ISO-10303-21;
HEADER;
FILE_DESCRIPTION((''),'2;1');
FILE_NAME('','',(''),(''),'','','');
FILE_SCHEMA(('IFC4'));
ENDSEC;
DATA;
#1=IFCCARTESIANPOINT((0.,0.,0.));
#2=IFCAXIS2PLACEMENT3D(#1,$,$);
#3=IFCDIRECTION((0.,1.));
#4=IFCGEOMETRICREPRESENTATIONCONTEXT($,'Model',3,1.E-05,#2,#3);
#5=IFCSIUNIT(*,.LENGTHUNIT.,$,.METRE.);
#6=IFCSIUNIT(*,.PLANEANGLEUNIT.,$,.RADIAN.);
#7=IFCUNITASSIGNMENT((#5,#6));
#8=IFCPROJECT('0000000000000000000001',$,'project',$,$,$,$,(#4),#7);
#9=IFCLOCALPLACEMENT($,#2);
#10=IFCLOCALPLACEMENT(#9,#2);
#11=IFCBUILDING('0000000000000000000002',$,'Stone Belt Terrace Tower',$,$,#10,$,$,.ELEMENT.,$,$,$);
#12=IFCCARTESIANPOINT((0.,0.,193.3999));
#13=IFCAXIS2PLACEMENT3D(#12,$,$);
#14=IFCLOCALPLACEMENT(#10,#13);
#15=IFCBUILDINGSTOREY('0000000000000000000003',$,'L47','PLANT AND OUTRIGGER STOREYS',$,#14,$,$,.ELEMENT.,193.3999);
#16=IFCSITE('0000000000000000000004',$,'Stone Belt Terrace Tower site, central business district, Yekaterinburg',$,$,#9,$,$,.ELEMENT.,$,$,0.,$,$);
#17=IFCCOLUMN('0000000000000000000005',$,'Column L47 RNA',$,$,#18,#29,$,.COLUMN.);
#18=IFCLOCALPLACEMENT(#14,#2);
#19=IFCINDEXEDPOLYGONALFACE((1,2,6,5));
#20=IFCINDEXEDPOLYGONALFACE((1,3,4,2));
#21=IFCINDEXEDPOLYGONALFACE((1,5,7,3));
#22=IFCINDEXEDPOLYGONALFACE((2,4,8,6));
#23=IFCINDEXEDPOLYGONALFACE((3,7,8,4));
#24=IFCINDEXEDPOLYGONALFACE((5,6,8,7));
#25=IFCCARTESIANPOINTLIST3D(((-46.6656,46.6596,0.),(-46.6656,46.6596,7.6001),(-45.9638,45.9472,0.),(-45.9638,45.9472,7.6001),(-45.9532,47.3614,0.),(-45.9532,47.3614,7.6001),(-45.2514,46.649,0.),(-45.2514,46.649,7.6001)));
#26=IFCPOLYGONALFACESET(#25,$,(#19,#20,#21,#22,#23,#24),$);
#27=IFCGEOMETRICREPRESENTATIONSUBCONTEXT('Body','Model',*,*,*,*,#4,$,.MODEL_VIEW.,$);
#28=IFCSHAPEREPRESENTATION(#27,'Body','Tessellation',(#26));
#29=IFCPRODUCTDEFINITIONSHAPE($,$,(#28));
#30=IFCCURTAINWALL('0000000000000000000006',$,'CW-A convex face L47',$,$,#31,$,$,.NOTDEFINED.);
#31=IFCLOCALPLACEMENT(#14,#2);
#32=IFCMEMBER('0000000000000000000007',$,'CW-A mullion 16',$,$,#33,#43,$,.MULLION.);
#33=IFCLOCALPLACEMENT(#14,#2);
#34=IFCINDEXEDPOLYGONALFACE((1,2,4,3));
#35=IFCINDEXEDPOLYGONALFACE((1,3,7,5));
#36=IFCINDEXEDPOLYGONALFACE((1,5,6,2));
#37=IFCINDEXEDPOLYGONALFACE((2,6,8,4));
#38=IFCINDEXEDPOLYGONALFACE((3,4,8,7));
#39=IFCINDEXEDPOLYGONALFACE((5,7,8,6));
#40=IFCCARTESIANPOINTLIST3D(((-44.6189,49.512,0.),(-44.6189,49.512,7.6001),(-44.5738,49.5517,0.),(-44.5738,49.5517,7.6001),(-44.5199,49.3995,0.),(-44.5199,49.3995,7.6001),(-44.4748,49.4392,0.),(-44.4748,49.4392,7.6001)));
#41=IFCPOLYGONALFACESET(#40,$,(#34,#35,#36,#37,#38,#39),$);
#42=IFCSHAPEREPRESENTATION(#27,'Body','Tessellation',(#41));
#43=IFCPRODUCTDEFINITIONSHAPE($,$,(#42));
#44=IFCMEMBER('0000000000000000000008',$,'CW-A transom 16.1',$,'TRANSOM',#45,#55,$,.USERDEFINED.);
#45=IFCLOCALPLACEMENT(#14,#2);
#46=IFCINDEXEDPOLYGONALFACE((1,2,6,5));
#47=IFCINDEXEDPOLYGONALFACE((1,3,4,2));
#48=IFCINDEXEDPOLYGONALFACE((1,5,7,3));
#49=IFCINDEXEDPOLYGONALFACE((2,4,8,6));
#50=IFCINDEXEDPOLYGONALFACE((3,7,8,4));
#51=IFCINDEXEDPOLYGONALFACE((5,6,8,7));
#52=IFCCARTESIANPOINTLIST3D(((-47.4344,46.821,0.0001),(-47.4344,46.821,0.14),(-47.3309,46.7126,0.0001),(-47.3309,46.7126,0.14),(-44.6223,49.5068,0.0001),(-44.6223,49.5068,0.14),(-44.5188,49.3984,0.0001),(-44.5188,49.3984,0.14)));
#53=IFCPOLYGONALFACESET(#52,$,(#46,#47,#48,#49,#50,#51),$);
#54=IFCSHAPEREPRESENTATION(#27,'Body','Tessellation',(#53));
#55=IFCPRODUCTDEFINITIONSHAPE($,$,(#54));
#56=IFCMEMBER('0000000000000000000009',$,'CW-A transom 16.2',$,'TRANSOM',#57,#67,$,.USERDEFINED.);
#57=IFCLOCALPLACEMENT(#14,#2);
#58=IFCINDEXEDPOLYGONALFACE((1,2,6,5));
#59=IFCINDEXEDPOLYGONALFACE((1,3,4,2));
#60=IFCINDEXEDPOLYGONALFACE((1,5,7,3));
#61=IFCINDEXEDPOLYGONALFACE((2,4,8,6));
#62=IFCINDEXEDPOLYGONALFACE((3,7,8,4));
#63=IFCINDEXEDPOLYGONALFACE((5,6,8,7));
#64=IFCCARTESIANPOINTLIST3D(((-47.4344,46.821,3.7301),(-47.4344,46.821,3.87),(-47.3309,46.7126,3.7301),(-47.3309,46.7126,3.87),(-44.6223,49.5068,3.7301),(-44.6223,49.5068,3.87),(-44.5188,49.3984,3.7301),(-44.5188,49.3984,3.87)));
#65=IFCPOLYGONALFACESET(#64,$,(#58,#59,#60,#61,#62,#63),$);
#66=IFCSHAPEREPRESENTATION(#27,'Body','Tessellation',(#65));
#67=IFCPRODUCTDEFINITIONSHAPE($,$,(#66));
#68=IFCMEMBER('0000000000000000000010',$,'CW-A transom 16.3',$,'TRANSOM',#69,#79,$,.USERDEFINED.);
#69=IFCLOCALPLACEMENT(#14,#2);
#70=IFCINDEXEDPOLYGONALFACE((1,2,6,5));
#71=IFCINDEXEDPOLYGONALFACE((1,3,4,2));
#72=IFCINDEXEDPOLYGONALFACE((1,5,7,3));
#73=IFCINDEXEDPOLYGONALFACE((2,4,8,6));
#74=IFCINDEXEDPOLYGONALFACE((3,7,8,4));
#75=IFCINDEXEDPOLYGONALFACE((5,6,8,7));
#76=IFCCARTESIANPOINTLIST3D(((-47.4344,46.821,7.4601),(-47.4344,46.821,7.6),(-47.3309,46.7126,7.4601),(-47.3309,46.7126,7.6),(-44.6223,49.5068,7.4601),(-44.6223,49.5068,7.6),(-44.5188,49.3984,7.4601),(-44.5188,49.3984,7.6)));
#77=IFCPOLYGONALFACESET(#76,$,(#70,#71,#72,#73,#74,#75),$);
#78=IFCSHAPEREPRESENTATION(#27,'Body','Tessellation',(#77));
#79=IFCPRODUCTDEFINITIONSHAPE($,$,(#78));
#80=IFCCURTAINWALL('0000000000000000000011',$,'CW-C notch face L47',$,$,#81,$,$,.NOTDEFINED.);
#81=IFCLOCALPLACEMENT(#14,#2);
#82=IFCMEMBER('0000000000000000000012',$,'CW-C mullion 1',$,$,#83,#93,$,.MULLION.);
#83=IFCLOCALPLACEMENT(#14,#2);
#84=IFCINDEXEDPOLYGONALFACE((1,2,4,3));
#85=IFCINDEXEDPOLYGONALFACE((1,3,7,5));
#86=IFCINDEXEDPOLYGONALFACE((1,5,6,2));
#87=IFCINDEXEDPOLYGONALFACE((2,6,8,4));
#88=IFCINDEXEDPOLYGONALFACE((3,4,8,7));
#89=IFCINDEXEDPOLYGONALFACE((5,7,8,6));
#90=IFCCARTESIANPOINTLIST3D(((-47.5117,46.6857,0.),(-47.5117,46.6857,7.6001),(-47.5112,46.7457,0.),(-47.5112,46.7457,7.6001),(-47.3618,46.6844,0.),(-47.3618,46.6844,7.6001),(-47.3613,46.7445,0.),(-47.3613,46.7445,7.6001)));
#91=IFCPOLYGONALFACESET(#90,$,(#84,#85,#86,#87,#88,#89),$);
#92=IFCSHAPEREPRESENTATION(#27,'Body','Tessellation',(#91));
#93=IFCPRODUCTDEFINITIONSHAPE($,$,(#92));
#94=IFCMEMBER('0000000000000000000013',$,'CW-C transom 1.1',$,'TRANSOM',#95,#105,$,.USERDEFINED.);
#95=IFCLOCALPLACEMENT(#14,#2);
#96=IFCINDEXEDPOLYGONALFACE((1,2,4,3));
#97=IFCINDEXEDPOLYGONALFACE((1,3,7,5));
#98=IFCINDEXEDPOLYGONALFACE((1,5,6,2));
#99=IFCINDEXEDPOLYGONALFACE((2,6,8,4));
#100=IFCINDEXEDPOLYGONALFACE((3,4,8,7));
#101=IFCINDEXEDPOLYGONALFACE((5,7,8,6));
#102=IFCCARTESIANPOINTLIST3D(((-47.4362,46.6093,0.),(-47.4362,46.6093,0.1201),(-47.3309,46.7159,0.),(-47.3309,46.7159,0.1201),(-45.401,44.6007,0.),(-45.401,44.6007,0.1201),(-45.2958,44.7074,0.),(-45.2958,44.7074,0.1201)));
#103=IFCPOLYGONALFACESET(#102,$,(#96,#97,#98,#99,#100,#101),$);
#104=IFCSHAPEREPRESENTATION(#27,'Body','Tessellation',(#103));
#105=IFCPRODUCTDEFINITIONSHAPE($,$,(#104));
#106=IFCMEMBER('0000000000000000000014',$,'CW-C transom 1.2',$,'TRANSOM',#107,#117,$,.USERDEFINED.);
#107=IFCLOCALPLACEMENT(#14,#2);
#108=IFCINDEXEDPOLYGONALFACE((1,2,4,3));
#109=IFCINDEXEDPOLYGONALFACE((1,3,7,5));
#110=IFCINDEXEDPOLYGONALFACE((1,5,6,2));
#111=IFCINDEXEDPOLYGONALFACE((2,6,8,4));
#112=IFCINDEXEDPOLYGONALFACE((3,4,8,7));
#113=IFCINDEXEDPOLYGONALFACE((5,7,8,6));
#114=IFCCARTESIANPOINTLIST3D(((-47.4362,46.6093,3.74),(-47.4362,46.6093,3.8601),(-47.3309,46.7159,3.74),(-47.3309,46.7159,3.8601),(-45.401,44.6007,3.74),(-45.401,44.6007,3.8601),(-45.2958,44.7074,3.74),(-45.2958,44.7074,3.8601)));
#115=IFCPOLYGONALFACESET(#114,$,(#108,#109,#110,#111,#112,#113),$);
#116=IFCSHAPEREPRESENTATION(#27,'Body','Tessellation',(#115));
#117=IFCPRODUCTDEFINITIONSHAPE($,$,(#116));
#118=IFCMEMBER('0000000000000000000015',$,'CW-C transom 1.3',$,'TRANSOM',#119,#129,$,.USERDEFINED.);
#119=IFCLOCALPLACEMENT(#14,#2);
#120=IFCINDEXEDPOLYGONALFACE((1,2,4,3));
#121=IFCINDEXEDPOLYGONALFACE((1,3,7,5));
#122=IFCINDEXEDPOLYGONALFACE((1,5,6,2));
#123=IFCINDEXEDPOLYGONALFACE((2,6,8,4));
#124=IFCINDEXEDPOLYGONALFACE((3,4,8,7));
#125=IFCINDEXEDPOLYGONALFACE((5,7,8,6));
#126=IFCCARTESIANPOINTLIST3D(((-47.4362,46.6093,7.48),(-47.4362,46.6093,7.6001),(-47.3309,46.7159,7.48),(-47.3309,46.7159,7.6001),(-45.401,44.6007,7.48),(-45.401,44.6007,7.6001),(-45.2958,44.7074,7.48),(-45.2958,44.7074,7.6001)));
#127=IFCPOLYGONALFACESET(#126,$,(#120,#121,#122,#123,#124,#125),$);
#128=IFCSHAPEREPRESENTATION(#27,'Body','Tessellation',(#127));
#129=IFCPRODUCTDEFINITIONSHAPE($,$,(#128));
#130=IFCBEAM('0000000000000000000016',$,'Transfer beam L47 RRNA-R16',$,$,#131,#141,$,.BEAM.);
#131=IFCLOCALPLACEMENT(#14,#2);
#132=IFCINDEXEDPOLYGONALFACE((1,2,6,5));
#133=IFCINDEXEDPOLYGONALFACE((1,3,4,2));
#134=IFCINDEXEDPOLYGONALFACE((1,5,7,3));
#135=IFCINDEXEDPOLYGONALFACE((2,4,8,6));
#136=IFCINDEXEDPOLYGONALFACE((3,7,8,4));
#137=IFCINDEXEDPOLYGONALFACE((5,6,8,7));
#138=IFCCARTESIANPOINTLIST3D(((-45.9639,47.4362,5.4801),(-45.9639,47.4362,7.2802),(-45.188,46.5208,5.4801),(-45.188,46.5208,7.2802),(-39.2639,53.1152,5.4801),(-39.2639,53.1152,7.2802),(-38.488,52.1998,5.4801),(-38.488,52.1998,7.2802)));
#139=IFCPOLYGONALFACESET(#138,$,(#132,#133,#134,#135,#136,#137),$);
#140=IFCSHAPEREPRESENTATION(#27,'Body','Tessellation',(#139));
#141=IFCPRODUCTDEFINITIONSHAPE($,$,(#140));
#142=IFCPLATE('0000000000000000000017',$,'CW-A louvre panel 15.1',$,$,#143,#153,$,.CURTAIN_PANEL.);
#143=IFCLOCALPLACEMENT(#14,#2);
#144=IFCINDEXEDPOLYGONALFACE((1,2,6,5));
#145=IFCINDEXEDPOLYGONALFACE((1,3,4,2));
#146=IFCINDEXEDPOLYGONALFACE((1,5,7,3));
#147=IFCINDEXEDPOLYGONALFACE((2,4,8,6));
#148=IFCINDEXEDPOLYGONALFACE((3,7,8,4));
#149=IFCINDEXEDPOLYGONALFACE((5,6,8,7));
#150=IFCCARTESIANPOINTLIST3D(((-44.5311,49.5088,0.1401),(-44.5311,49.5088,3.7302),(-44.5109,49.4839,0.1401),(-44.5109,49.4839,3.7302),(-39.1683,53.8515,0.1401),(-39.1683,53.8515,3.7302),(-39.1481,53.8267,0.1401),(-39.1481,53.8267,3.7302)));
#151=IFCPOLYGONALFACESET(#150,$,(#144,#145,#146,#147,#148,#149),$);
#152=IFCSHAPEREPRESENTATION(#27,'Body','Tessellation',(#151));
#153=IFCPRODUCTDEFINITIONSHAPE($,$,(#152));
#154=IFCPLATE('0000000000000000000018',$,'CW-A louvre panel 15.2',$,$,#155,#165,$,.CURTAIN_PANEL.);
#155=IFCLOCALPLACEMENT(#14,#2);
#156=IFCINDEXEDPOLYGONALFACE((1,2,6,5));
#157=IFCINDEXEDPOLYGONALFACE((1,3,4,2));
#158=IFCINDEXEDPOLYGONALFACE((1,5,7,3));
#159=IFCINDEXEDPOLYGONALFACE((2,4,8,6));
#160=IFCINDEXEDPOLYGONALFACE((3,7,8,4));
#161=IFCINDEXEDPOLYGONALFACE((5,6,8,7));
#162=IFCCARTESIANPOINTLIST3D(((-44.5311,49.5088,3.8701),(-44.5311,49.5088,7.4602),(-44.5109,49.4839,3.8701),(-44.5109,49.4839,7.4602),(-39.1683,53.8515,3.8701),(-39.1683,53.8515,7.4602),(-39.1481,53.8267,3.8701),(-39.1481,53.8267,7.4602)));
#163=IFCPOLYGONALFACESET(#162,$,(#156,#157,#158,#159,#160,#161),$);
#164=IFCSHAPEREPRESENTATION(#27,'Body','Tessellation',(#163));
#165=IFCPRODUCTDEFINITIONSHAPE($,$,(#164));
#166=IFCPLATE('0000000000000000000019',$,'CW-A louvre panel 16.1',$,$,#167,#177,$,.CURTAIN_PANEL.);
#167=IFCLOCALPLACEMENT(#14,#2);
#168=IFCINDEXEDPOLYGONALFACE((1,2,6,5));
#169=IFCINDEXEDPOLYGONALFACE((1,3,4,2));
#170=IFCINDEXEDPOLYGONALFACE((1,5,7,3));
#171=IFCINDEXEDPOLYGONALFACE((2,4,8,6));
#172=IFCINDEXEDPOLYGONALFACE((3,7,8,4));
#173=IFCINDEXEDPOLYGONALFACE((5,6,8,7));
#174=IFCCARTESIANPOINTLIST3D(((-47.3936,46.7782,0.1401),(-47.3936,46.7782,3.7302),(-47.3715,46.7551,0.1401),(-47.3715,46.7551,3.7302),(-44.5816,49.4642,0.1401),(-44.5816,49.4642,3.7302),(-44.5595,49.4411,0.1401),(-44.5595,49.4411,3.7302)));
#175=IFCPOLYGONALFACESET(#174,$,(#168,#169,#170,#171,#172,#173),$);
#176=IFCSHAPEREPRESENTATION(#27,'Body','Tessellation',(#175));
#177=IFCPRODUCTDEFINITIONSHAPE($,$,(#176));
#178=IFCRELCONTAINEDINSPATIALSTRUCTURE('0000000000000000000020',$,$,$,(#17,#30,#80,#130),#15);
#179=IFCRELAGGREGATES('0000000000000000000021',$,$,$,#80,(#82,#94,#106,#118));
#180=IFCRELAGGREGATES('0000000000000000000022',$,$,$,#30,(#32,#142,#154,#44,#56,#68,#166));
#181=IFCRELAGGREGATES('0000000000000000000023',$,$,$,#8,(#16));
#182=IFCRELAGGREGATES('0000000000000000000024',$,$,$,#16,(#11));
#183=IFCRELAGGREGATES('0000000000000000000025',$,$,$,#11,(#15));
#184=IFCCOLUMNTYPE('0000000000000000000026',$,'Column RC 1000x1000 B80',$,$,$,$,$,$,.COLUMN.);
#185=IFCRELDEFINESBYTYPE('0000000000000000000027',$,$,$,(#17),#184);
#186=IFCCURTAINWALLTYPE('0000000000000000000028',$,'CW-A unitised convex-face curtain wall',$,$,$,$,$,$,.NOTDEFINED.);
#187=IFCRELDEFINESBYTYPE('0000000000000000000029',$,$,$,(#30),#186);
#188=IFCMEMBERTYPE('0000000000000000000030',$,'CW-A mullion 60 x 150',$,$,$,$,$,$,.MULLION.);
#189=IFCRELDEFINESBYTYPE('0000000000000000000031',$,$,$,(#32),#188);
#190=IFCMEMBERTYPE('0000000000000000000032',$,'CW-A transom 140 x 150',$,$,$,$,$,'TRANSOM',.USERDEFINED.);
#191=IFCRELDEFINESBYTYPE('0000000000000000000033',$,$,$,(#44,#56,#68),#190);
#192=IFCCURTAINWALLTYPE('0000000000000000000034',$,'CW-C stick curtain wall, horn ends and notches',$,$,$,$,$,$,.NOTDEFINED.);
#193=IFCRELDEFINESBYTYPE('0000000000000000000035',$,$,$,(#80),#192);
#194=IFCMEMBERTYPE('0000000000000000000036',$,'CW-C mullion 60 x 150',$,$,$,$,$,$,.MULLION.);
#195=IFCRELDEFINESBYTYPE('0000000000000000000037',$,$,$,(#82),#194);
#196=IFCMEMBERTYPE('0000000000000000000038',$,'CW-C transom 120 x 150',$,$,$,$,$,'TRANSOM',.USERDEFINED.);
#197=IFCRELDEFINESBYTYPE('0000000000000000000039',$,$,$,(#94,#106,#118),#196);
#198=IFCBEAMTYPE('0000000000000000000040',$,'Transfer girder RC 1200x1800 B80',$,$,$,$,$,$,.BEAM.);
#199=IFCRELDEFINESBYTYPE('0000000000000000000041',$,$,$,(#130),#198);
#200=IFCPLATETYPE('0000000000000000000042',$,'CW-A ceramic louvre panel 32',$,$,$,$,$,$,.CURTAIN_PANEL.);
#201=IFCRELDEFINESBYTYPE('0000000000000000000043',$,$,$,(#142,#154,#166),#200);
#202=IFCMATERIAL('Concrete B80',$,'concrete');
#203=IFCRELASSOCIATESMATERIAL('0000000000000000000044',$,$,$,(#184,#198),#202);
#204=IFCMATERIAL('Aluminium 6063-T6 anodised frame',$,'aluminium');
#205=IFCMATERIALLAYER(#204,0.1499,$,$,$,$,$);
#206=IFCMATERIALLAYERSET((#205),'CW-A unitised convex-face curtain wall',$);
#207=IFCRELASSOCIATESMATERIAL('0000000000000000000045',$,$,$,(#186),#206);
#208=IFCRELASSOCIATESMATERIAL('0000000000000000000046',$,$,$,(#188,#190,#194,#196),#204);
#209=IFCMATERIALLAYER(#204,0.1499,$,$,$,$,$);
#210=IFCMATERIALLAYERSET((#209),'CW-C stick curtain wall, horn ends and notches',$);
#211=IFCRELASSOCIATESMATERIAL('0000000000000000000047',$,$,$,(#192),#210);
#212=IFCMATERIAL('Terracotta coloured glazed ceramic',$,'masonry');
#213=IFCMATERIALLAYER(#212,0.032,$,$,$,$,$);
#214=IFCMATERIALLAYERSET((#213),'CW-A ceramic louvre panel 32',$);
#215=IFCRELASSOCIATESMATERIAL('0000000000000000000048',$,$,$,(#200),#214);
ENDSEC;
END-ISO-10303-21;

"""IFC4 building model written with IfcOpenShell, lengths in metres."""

from ifc_helpers import new_model, si_unit, direction, frame, origin, origin_2d, place, context, subcontext, project, spatial, rectangle, extrude, material, layer, layer_set, material_profile, profile_set, type_object, element, aggregate, save


model = new_model("IFC4")

# Units and contexts
model_context = context("Model", 3, precision=1e-05, world=origin(), true_north=direction((0.0, 1.0)))
body_context = subcontext(model_context, "Body", "Model", "MODEL_VIEW")
ifc_project = project(units=[si_unit("LENGTHUNIT", "METRE"), si_unit("PLANEANGLEUNIT", "RADIAN")], contexts=[model_context])

# Site, building, storey
site_placement = place(None, origin())
site = spatial("IfcSite", under=ifc_project, at=site_placement, Name="Stone Belt Terrace Tower site, central business district, Yekaterinburg", CompositionType="ELEMENT", RefElevation=0.0)
building_placement = place(site_placement, origin())
building = spatial("IfcBuilding", under=site, at=building_placement, Name="Stone Belt Terrace Tower", CompositionType="ELEMENT")
storey_placement = place(building_placement, frame((0.0, 0.0, 193.3999)))
storey = spatial("IfcBuildingStorey", under=building, at=storey_placement, Name="L47", Description="PLANT AND OUTRIGGER STOREYS", CompositionType="ELEMENT", Elevation=193.3999)

# Column
ifc_material_1 = material(Name="Concrete B80", Category="concrete")
ifc_material_profile_1 = material_profile(ifc_material_1, rectangle(XDim=1.0, YDim=1.0, at=origin_2d()), Name="RC 1000x1000")
ifc_profile_set_1 = profile_set([ifc_material_profile_1], Name="Concrete B80")
column_type = type_object("IfcColumnType", Name="Column RC 1000x1000 B80", PredefinedType="COLUMN", material=ifc_profile_set_1)
column_placement = place(storey_placement, frame((-45.9585, 46.6543, 0.0), z_axis=(0.0, 0.0, 1.0), x_axis=(0.712398, 0.701775, 0.0)))
element("IfcColumn", 1, at=column_placement, inside=storey, type_object=column_type, Name="Column L47 RNA", PredefinedType="COLUMN", context=body_context, shape_type="SweptSolid", body=[
    extrude(rectangle(XDim=1.0, YDim=1.0, at=origin_2d()), origin(), (0.0, 0.0, 1.0), 7.6001),
])

# Curtain walls, members
ifc_material_2 = material(Name="Aluminium 6063-T6 anodised frame", Category="aluminium")
ifc_layer_1 = layer(ifc_material_2, 0.1499)
ifc_layer_set_1 = layer_set([ifc_layer_1], Name="CW-A unitised convex-face curtain wall")
curtain_wall_type_1 = type_object("IfcCurtainWallType", Name="CW-A unitised convex-face curtain wall", PredefinedType="NOTDEFINED", material=ifc_layer_set_1)
curtain_wall_1_placement = place(storey_placement, origin())
curtain_wall_1 = element("IfcCurtainWall", 2, at=curtain_wall_1_placement, inside=storey, type_object=curtain_wall_type_1, Name="CW-A convex face L47", PredefinedType="NOTDEFINED")
ifc_material_profile_2 = material_profile(ifc_material_2, rectangle(XDim=0.1499, YDim=0.0601, at=origin_2d()), Name="Aluminium 6063-T6 60x150")
ifc_profile_set_2 = profile_set([ifc_material_profile_2], Name="Aluminium 6063-T6 anodised frame")
member_type_1 = type_object("IfcMemberType", Name="CW-A mullion 60 x 150", PredefinedType="MULLION", material=ifc_profile_set_2)
member_1_placement = place(storey_placement, frame((-44.5469, 49.4756, 0.0), z_axis=(0.0, 0.0, 1.0), x_axis=(0.660573, -0.750761, 0.0)))
member_1 = element("IfcMember", 3, at=member_1_placement, type_object=member_type_1, Name="CW-A mullion 16", PredefinedType="MULLION", context=body_context, shape_type="SweptSolid", body=[
    extrude(rectangle(XDim=0.1499, YDim=0.0601, at=origin_2d()), origin(), (0.0, 0.0, 1.0), 7.6001),
])
ifc_material_profile_3 = material_profile(ifc_material_2, rectangle(XDim=0.1499, YDim=0.1399, at=origin_2d()), Name="Aluminium 6063-T6 150x140")
ifc_profile_set_3 = profile_set([ifc_material_profile_3], Name="Aluminium 6063-T6 anodised frame")
member_type_2 = type_object("IfcMemberType", Name="CW-A transom 140 x 150", ElementType="TRANSOM", PredefinedType="USERDEFINED", material=ifc_profile_set_3)
member_2_placement = place(storey_placement, frame((-44.5706, 49.4526, 0.0701), z_axis=(-0.72315, -0.690691, 0.0), x_axis=(0.690691, -0.72315, 0.0)))
member_2 = element("IfcMember", 4, at=member_2_placement, type_object=member_type_2, Name="CW-A transom 16.1", ObjectType="TRANSOM", PredefinedType="USERDEFINED", context=body_context, shape_type="SweptSolid", body=[
    extrude(rectangle(XDim=0.1499, YDim=0.1399, at=origin_2d()), origin(), (0.0, 0.0, 1.0), 3.8887),
])
member_3_placement = place(storey_placement, frame((-44.5706, 49.4526, 3.8), z_axis=(-0.72315, -0.690691, 0.0), x_axis=(0.690691, -0.72315, 0.0)))
member_3 = element("IfcMember", 5, at=member_3_placement, type_object=member_type_2, Name="CW-A transom 16.2", ObjectType="TRANSOM", PredefinedType="USERDEFINED", context=body_context, shape_type="SweptSolid", body=[
    extrude(rectangle(XDim=0.1499, YDim=0.1399, at=origin_2d()), origin(), (0.0, 0.0, 1.0), 3.8887),
])
member_4_placement = place(storey_placement, frame((-44.5706, 49.4526, 7.53), z_axis=(-0.72315, -0.690691, 0.0), x_axis=(0.690691, -0.72315, 0.0)))
member_4 = element("IfcMember", 6, at=member_4_placement, type_object=member_type_2, Name="CW-A transom 16.3", ObjectType="TRANSOM", PredefinedType="USERDEFINED", context=body_context, shape_type="SweptSolid", body=[
    extrude(rectangle(XDim=0.1499, YDim=0.1399, at=origin_2d()), origin(), (0.0, 0.0, 1.0), 3.8887),
])
ifc_layer_2 = layer(ifc_material_2, 0.1499)
ifc_layer_set_2 = layer_set([ifc_layer_2], Name="CW-C stick curtain wall, horn ends and notches")
curtain_wall_type_2 = type_object("IfcCurtainWallType", Name="CW-C stick curtain wall, horn ends and notches", PredefinedType="NOTDEFINED", material=ifc_layer_set_2)
curtain_wall_2_placement = place(storey_placement, origin())
curtain_wall_2 = element("IfcCurtainWall", 7, at=curtain_wall_2_placement, inside=storey, type_object=curtain_wall_type_2, Name="CW-C notch face L47", PredefinedType="NOTDEFINED")
ifc_material_profile_4 = material_profile(ifc_material_2, rectangle(XDim=0.1499, YDim=0.0601, at=origin_2d()), Name="Aluminium 6063-T6 60x150")
ifc_profile_set_4 = profile_set([ifc_material_profile_4], Name="Aluminium 6063-T6 anodised frame")
member_type_3 = type_object("IfcMemberType", Name="CW-C mullion 60 x 150", PredefinedType="MULLION", material=ifc_profile_set_4)
member_5_placement = place(storey_placement, frame((-47.4365, 46.7151, 0.0), z_axis=(0.0, 0.0, 1.0), x_axis=(0.999966, -0.008188, 0.0)))
member_5 = element("IfcMember", 8, at=member_5_placement, type_object=member_type_3, Name="CW-C mullion 1", PredefinedType="MULLION", context=body_context, shape_type="SweptSolid", body=[
    extrude(rectangle(XDim=0.1499, YDim=0.0601, at=origin_2d()), origin(), (0.0, 0.0, 1.0), 7.6001),
])
ifc_material_profile_5 = material_profile(ifc_material_2, rectangle(XDim=0.1499, YDim=0.1201, at=origin_2d()), Name="Aluminium 6063-T6 150x120")
ifc_profile_set_5 = profile_set([ifc_material_profile_5], Name="Aluminium 6063-T6 anodised frame")
member_type_4 = type_object("IfcMemberType", Name="CW-C transom 120 x 150", ElementType="TRANSOM", PredefinedType="USERDEFINED", material=ifc_profile_set_5)
member_6_placement = place(storey_placement, frame((-47.3835, 46.6626, 0.0601), z_axis=(0.711745, -0.702438, 0.0), x_axis=(0.702438, 0.711745, 0.0)))
member_6 = element("IfcMember", 9, at=member_6_placement, type_object=member_type_4, Name="CW-C transom 1.1", ObjectType="TRANSOM", PredefinedType="USERDEFINED", context=body_context, shape_type="SweptSolid", body=[
    extrude(rectangle(XDim=0.1499, YDim=0.1201, at=origin_2d()), origin(), (0.0, 0.0, 1.0), 2.8594),
])
member_7_placement = place(storey_placement, frame((-47.3835, 46.6626, 3.8), z_axis=(0.711745, -0.702438, 0.0), x_axis=(0.702438, 0.711745, 0.0)))
member_7 = element("IfcMember", 10, at=member_7_placement, type_object=member_type_4, Name="CW-C transom 1.2", ObjectType="TRANSOM", PredefinedType="USERDEFINED", context=body_context, shape_type="SweptSolid", body=[
    extrude(rectangle(XDim=0.1499, YDim=0.1201, at=origin_2d()), origin(), (0.0, 0.0, 1.0), 2.8594),
])
member_8_placement = place(storey_placement, frame((-47.3835, 46.6626, 7.54), z_axis=(0.711745, -0.702438, 0.0), x_axis=(0.702438, 0.711745, 0.0)))
member_8 = element("IfcMember", 11, at=member_8_placement, type_object=member_type_4, Name="CW-C transom 1.3", ObjectType="TRANSOM", PredefinedType="USERDEFINED", context=body_context, shape_type="SweptSolid", body=[
    extrude(rectangle(XDim=0.1499, YDim=0.1201, at=origin_2d()), origin(), (0.0, 0.0, 1.0), 2.8594),
])
aggregate(curtain_wall_2, [member_5, member_6, member_7, member_8])

# Beam
ifc_material_profile_6 = material_profile(ifc_material_1, rectangle(XDim=1.2, YDim=1.8, at=origin_2d()), Name="RC 1200x1800")
ifc_profile_set_6 = profile_set([ifc_material_profile_6], Name="Concrete B80")
beam_type = type_object("IfcBeamType", Name="Transfer girder RC 1200x1800 B80", PredefinedType="BEAM", material=ifc_profile_set_6)
beam_placement = place(storey_placement, frame((-45.5759, 46.9785, 6.3801), z_axis=(0.762838, 0.64659, 0.0), x_axis=(-0.64659, 0.762838, 0.0)))
element("IfcBeam", 12, at=beam_placement, inside=storey, type_object=beam_type, Name="Transfer beam L47 RRNA-R16", PredefinedType="BEAM", context=body_context, shape_type="SweptSolid", body=[
    extrude(rectangle(XDim=1.2, YDim=1.8, at=origin_2d()), origin(), (0.0, 0.0, 1.0), 8.783),
])

# Plates
ifc_material_3 = material(Name="Terracotta coloured glazed ceramic", Category="masonry")
ifc_layer_3 = layer(ifc_material_3, 0.032)
ifc_layer_set_3 = layer_set([ifc_layer_3], Name="CW-A ceramic louvre panel 32")
plate_type = type_object("IfcPlateType", Name="CW-A ceramic louvre panel 32", PredefinedType="CURTAIN_PANEL", material=ifc_layer_set_3)
plate_1_placement = place(storey_placement, frame((-41.8396, 51.6677, 0.1401), z_axis=(0.0, 0.0, 1.0), x_axis=(-0.777146, -0.62932, 0.0)))
plate_1 = element("IfcPlate", 13, at=plate_1_placement, type_object=plate_type, Name="CW-A louvre panel 15.1", PredefinedType="CURTAIN_PANEL", context=body_context, shape_type="SweptSolid", body=[
    extrude(rectangle(XDim=6.9006, YDim=0.032, at=origin_2d()), origin(), (0.0, 0.0, 1.0), 3.5901),
])
plate_2_placement = place(storey_placement, frame((-41.8396, 51.6677, 3.8701), z_axis=(0.0, 0.0, 1.0), x_axis=(-0.777146, -0.62932, 0.0)))
plate_2 = element("IfcPlate", 14, at=plate_2_placement, type_object=plate_type, Name="CW-A louvre panel 15.2", PredefinedType="CURTAIN_PANEL", context=body_context, shape_type="SweptSolid", body=[
    extrude(rectangle(XDim=6.9006, YDim=0.032, at=origin_2d()), origin(), (0.0, 0.0, 1.0), 3.5901),
])
plate_3_placement = place(storey_placement, frame((-45.9766, 48.1096, 0.1401), z_axis=(0.0, 0.0, 1.0), x_axis=(-0.723121, -0.690721, 0.0)))
plate_3 = element("IfcPlate", 15, at=plate_3_placement, type_object=plate_type, Name="CW-A louvre panel 16.1", PredefinedType="CURTAIN_PANEL", context=body_context, shape_type="SweptSolid", body=[
    extrude(rectangle(XDim=3.8887, YDim=0.032, at=origin_2d()), origin(), (0.0, 0.0, 1.0), 3.5901),
])
aggregate(curtain_wall_1, [member_1, plate_1, plate_2, member_2, member_3, member_4, plate_3])

save(model, "model.ifc")
